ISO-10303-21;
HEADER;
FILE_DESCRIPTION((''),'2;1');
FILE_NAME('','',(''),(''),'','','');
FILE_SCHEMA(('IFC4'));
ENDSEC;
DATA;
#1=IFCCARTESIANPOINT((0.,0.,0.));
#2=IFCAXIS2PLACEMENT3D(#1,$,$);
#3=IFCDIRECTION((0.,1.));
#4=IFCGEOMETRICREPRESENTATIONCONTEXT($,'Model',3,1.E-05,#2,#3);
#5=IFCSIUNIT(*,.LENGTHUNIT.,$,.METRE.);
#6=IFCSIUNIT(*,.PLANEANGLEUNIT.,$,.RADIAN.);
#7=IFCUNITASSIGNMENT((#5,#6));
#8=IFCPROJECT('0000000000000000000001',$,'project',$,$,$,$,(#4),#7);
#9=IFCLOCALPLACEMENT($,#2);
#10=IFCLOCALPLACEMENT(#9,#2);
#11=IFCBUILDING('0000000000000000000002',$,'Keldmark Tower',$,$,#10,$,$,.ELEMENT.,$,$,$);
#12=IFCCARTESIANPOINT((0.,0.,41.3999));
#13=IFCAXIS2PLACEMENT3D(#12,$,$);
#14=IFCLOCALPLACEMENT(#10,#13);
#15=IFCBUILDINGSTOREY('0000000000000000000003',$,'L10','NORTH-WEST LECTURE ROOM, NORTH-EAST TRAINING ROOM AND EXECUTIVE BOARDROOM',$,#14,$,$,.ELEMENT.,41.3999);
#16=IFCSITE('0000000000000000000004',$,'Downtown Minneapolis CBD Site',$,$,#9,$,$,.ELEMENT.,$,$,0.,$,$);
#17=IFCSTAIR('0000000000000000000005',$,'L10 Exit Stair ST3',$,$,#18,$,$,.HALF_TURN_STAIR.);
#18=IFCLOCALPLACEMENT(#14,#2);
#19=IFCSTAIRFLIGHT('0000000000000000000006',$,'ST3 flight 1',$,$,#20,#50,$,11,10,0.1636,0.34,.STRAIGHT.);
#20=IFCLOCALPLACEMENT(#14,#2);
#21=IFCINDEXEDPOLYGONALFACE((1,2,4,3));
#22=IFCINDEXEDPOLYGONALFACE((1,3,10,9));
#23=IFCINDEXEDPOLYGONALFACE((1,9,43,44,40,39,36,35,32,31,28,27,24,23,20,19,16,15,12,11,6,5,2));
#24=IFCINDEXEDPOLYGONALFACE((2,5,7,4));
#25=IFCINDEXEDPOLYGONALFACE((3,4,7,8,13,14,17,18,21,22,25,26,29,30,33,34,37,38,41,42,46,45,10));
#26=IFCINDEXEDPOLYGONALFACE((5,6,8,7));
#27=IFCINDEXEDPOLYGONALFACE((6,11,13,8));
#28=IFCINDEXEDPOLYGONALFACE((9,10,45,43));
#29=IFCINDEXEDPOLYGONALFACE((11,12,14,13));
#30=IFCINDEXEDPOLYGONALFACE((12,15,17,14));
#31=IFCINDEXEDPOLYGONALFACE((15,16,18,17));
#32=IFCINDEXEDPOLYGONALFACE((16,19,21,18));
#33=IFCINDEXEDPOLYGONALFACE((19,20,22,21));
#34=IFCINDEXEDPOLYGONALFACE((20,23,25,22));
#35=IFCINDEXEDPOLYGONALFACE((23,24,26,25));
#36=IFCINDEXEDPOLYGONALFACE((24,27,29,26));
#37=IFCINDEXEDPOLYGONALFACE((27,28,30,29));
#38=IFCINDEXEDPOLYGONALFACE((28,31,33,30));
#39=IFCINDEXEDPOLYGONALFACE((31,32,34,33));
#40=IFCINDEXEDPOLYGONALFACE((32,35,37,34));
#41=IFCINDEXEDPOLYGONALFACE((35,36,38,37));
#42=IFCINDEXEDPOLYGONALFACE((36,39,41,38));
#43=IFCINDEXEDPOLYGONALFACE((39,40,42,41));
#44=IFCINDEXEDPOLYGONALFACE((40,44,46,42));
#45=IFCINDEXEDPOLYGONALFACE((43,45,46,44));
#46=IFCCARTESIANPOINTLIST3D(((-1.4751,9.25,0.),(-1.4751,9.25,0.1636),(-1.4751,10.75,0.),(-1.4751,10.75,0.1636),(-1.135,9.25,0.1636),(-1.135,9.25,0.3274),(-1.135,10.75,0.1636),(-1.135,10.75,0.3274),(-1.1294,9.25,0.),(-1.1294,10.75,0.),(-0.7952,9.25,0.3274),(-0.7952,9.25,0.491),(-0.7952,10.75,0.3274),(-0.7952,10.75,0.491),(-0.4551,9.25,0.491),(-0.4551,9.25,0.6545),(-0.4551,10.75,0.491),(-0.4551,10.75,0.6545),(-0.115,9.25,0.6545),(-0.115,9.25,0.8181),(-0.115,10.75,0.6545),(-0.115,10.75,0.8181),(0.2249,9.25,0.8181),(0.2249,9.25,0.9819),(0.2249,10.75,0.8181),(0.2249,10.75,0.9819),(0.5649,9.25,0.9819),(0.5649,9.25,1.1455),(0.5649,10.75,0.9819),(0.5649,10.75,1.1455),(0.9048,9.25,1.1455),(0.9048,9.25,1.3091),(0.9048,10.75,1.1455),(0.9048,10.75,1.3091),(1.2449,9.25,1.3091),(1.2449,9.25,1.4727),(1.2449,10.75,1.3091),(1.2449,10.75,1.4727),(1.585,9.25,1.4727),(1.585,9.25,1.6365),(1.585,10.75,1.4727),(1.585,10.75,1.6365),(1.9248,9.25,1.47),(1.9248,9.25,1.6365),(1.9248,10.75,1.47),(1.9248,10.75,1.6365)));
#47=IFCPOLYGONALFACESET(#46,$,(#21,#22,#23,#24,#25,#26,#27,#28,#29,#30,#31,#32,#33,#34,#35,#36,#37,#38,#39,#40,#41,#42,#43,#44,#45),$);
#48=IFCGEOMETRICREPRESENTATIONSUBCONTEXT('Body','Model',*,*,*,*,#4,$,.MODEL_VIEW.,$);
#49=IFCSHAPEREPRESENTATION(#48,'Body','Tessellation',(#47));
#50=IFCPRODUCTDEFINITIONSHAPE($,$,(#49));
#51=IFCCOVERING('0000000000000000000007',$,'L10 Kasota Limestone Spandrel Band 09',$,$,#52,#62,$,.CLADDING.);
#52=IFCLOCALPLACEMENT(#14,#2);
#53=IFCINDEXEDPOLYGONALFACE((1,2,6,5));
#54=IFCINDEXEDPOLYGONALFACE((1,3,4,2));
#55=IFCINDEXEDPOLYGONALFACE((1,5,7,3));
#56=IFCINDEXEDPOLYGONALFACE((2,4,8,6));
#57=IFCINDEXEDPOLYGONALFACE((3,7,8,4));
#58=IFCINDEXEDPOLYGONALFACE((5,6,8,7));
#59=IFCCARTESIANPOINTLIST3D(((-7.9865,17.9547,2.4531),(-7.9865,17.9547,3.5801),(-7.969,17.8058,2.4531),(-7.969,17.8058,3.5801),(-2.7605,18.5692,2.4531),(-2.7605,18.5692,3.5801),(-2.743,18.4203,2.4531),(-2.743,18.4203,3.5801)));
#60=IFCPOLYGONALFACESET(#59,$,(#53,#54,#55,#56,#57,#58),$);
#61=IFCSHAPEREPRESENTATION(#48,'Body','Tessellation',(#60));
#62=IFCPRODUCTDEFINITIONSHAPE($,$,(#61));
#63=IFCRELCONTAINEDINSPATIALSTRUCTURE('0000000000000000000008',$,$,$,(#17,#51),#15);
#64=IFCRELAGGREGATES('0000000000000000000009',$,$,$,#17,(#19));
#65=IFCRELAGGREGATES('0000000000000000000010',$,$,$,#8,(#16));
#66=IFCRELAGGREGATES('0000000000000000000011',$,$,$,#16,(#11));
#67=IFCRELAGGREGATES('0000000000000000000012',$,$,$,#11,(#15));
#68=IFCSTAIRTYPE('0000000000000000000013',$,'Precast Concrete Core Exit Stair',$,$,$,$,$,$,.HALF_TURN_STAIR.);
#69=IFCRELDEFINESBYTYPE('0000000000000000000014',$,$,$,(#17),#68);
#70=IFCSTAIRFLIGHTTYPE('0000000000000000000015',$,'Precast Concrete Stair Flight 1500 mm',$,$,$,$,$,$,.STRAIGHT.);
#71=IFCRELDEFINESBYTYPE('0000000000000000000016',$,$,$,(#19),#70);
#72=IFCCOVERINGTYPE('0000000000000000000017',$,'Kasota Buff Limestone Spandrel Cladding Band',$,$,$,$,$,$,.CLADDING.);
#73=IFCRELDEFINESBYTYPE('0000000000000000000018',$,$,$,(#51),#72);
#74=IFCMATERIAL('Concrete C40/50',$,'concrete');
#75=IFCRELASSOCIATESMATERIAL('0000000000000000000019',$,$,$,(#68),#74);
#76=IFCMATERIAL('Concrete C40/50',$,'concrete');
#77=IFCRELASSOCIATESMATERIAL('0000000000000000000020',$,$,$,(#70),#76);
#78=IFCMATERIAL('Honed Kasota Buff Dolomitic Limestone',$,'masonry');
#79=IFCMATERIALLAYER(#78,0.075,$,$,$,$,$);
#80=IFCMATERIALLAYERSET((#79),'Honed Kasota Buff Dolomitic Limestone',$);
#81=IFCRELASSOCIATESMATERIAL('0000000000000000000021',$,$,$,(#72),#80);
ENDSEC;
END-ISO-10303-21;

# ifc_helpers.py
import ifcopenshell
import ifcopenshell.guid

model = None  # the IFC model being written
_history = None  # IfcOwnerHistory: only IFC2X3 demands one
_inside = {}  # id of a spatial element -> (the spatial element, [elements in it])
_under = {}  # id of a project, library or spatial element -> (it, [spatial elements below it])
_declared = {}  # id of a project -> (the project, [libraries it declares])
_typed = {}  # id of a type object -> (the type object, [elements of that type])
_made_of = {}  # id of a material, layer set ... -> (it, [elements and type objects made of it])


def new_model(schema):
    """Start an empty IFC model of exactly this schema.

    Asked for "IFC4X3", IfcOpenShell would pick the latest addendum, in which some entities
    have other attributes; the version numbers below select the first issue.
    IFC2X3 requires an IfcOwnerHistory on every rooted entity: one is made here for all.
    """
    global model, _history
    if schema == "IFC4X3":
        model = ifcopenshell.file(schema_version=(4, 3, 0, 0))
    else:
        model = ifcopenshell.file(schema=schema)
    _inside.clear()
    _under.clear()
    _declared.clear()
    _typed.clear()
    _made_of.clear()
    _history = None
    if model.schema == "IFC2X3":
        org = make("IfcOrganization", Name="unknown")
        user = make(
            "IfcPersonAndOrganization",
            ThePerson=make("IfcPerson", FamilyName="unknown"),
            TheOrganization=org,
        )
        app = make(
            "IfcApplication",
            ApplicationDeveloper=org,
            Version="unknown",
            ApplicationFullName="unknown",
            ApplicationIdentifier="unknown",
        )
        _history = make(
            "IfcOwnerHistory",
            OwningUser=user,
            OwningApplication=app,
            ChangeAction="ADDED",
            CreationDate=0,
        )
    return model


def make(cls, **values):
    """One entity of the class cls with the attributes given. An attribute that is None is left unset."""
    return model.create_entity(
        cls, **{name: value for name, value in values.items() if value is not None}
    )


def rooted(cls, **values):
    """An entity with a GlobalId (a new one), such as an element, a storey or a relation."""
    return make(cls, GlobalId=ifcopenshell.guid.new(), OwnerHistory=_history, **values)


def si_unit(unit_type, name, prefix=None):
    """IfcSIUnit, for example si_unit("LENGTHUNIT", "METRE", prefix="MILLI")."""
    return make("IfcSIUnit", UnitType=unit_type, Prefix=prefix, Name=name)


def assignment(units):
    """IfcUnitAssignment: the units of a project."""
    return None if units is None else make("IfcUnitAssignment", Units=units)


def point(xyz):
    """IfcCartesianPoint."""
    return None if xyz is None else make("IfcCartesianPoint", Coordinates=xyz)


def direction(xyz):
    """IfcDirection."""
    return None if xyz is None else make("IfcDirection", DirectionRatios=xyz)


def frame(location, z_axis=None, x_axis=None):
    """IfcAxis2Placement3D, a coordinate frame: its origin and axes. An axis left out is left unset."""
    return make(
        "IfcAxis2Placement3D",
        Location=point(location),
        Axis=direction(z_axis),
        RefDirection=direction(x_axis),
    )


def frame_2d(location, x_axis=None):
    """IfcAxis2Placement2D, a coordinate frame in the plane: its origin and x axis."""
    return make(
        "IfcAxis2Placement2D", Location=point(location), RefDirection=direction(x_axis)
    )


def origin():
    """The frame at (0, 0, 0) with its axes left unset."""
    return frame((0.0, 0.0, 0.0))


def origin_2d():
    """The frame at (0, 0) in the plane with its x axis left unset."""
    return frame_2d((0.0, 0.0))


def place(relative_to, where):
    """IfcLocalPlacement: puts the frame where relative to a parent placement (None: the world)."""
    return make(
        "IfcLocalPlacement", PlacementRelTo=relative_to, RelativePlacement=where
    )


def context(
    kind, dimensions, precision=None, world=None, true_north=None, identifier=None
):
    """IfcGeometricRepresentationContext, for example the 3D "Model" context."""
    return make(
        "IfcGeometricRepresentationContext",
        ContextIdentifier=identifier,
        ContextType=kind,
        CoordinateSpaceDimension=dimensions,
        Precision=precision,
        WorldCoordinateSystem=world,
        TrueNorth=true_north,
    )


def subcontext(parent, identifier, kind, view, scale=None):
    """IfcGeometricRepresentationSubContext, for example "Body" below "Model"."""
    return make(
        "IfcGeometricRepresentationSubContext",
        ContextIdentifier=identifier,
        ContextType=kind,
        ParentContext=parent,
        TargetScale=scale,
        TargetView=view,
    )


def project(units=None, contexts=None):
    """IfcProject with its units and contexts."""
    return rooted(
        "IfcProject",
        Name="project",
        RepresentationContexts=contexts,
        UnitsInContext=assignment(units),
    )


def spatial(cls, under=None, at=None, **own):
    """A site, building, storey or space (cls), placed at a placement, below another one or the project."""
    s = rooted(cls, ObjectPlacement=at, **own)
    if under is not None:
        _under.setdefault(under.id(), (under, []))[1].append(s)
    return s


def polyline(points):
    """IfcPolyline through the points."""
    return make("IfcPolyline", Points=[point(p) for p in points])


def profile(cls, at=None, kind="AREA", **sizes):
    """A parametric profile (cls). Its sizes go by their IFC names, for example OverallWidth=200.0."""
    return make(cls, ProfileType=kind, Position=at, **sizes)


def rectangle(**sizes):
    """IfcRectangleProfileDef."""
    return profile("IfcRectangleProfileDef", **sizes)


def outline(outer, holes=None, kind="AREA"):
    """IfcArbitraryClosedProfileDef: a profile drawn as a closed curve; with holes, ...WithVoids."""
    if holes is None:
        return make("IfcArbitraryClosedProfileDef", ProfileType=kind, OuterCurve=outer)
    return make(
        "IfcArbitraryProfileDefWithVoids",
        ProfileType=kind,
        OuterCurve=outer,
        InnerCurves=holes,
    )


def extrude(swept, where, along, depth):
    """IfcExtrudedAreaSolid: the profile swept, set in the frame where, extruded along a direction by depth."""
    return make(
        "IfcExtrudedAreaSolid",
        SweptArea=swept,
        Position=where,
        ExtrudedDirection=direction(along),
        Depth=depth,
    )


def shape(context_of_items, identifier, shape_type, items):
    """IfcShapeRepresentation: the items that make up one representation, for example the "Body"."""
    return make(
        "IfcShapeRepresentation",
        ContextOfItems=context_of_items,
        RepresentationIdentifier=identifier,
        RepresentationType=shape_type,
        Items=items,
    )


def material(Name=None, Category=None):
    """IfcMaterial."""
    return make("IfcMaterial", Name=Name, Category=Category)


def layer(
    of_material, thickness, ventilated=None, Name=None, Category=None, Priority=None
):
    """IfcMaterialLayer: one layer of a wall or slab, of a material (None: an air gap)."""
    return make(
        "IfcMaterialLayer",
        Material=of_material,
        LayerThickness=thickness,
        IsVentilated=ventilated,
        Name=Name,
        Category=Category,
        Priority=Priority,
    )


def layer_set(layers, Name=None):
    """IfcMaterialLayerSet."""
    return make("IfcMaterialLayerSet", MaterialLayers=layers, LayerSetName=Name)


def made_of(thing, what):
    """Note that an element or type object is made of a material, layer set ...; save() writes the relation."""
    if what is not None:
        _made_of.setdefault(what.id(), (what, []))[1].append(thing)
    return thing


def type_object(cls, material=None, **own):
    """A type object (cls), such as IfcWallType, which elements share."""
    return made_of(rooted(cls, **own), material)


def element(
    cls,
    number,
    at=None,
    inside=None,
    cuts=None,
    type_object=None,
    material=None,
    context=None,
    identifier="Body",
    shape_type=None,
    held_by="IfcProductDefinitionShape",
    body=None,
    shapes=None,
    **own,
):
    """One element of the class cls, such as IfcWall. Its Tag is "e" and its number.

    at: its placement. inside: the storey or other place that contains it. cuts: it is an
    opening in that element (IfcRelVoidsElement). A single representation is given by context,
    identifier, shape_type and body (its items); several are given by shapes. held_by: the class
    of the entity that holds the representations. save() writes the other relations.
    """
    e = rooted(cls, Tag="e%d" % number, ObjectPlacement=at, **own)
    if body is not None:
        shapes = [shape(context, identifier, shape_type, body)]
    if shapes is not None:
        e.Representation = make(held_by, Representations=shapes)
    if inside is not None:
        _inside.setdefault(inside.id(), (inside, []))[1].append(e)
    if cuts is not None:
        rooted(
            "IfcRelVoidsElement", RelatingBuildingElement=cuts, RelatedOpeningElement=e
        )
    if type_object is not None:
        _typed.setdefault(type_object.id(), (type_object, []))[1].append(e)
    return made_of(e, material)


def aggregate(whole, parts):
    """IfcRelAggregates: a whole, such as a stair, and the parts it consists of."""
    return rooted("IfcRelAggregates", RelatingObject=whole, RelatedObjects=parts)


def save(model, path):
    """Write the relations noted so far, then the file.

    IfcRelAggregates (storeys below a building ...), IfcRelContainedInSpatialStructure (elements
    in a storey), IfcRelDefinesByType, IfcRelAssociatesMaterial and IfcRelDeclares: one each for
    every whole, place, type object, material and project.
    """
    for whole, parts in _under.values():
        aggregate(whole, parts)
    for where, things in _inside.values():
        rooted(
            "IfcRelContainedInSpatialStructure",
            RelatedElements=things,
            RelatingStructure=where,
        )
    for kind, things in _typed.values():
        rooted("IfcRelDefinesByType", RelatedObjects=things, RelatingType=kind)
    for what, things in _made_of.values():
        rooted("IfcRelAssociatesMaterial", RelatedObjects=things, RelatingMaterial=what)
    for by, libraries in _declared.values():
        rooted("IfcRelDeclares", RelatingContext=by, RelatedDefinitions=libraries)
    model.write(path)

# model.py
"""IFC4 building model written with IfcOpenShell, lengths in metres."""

from ifc_helpers import new_model, si_unit, direction, frame, origin, origin_2d, place, context, subcontext, project, spatial, polyline, rectangle, outline, extrude, material, layer, layer_set, type_object, element, aggregate, save


model = new_model("IFC4")

# Units and contexts
model_context = context("Model", 3, precision=1e-05, world=origin(), true_north=direction((0.0, 1.0)))
body_context = subcontext(model_context, "Body", "Model", "MODEL_VIEW")
ifc_project = project(units=[si_unit("LENGTHUNIT", "METRE"), si_unit("PLANEANGLEUNIT", "RADIAN")], contexts=[model_context])

# Site, building, storey
site_placement = place(None, origin())
site = spatial("IfcSite", under=ifc_project, at=site_placement, Name="Downtown Minneapolis CBD Site", CompositionType="ELEMENT", RefElevation=0.0)
building_placement = place(site_placement, origin())
building = spatial("IfcBuilding", under=site, at=building_placement, Name="Keldmark Tower", CompositionType="ELEMENT")
storey_placement = place(building_placement, frame((0.0, 0.0, 41.3999)))
storey = spatial("IfcBuildingStorey", under=building, at=storey_placement, Name="L10", Description="NORTH-WEST LECTURE ROOM, NORTH-EAST TRAINING ROOM AND EXECUTIVE BOARDROOM", CompositionType="ELEMENT", Elevation=41.3999)

# Stair, stair flight
ifc_material_1 = material(Name="Concrete C40/50", Category="concrete")
stair_type = type_object("IfcStairType", Name="Precast Concrete Core Exit Stair", PredefinedType="HALF_TURN_STAIR", material=ifc_material_1)
stair_placement = place(storey_placement, origin())
stair = element("IfcStair", 1, at=stair_placement, inside=storey, type_object=stair_type, Name="L10 Exit Stair ST3", PredefinedType="HALF_TURN_STAIR")
ifc_material_2 = material(Name="Concrete C40/50", Category="concrete")
stair_flight_type = type_object("IfcStairFlightType", Name="Precast Concrete Stair Flight 1500 mm", PredefinedType="STRAIGHT", material=ifc_material_2)
stair_flight_placement = place(storey_placement, frame((-1.4751, 10.0, 0.0), z_axis=(0.0, 0.0, 1.0), x_axis=(1.0, 0.0, 0.0)))
stair_flight = element("IfcStairFlight", 2, at=stair_flight_placement, type_object=stair_flight_type, Name="ST3 flight 1", NumberOfRisers=11, NumberOfTreads=10, PredefinedType="STRAIGHT", RiserHeight=0.1636, TreadLength=0.34, context=body_context, shape_type="SweptSolid", body=[
    extrude(outline(polyline([(0.0, 0.0), (0.0, 0.1636), (0.3401, 0.1636), (0.3401, 0.3274), (0.6799, 0.3274), (0.6799, 0.491), (1.02, 0.491), (1.02, 0.6545), (1.3601, 0.6545), (1.3601, 0.8181), (1.7, 0.8181), (1.7, 0.9819), (2.04, 0.9819), (2.04, 1.1455), (2.3799, 1.1455), (2.3799, 1.3091), (2.72, 1.3091), (2.72, 1.4727), (3.0601, 1.4727), (3.0601, 1.6365), (3.3999, 1.6365), (3.3999, 1.8), (3.3999, 1.47), (0.3457, 0.0), (0.0, 0.0)])), frame((0.0, 0.75, 0.0), z_axis=(0.0, -1.0, 0.0), x_axis=(1.0, 0.0, 0.0)), (0.0, 0.0, 1.0), 1.5),
])
aggregate(stair, [stair_flight])

# Covering
ifc_material_3 = material(Name="Honed Kasota Buff Dolomitic Limestone", Category="masonry")
ifc_layer_1 = layer(ifc_material_3, 0.075)
ifc_layer_set_1 = layer_set([ifc_layer_1], Name="Honed Kasota Buff Dolomitic Limestone")
covering_type = type_object("IfcCoveringType", Name="Kasota Buff Limestone Spandrel Cladding Band", PredefinedType="CLADDING", material=ifc_layer_set_1)
covering_placement = place(storey_placement, frame((-5.3647, 18.1875, 2.4531), z_axis=(0.0, 0.0, 1.0), x_axis=(-0.993158, -0.116775, 0.0)))
element("IfcCovering", 3, at=covering_placement, inside=storey, type_object=covering_type, Name="L10 Kasota Limestone Spandrel Band 09", PredefinedType="CLADDING", context=body_context, shape_type="SweptSolid", body=[
    extrude(rectangle(XDim=5.262, YDim=0.1499, at=origin_2d()), origin(), (0.0, 0.0, 1.0), 1.127),
])

save(model, "model.ifc")
